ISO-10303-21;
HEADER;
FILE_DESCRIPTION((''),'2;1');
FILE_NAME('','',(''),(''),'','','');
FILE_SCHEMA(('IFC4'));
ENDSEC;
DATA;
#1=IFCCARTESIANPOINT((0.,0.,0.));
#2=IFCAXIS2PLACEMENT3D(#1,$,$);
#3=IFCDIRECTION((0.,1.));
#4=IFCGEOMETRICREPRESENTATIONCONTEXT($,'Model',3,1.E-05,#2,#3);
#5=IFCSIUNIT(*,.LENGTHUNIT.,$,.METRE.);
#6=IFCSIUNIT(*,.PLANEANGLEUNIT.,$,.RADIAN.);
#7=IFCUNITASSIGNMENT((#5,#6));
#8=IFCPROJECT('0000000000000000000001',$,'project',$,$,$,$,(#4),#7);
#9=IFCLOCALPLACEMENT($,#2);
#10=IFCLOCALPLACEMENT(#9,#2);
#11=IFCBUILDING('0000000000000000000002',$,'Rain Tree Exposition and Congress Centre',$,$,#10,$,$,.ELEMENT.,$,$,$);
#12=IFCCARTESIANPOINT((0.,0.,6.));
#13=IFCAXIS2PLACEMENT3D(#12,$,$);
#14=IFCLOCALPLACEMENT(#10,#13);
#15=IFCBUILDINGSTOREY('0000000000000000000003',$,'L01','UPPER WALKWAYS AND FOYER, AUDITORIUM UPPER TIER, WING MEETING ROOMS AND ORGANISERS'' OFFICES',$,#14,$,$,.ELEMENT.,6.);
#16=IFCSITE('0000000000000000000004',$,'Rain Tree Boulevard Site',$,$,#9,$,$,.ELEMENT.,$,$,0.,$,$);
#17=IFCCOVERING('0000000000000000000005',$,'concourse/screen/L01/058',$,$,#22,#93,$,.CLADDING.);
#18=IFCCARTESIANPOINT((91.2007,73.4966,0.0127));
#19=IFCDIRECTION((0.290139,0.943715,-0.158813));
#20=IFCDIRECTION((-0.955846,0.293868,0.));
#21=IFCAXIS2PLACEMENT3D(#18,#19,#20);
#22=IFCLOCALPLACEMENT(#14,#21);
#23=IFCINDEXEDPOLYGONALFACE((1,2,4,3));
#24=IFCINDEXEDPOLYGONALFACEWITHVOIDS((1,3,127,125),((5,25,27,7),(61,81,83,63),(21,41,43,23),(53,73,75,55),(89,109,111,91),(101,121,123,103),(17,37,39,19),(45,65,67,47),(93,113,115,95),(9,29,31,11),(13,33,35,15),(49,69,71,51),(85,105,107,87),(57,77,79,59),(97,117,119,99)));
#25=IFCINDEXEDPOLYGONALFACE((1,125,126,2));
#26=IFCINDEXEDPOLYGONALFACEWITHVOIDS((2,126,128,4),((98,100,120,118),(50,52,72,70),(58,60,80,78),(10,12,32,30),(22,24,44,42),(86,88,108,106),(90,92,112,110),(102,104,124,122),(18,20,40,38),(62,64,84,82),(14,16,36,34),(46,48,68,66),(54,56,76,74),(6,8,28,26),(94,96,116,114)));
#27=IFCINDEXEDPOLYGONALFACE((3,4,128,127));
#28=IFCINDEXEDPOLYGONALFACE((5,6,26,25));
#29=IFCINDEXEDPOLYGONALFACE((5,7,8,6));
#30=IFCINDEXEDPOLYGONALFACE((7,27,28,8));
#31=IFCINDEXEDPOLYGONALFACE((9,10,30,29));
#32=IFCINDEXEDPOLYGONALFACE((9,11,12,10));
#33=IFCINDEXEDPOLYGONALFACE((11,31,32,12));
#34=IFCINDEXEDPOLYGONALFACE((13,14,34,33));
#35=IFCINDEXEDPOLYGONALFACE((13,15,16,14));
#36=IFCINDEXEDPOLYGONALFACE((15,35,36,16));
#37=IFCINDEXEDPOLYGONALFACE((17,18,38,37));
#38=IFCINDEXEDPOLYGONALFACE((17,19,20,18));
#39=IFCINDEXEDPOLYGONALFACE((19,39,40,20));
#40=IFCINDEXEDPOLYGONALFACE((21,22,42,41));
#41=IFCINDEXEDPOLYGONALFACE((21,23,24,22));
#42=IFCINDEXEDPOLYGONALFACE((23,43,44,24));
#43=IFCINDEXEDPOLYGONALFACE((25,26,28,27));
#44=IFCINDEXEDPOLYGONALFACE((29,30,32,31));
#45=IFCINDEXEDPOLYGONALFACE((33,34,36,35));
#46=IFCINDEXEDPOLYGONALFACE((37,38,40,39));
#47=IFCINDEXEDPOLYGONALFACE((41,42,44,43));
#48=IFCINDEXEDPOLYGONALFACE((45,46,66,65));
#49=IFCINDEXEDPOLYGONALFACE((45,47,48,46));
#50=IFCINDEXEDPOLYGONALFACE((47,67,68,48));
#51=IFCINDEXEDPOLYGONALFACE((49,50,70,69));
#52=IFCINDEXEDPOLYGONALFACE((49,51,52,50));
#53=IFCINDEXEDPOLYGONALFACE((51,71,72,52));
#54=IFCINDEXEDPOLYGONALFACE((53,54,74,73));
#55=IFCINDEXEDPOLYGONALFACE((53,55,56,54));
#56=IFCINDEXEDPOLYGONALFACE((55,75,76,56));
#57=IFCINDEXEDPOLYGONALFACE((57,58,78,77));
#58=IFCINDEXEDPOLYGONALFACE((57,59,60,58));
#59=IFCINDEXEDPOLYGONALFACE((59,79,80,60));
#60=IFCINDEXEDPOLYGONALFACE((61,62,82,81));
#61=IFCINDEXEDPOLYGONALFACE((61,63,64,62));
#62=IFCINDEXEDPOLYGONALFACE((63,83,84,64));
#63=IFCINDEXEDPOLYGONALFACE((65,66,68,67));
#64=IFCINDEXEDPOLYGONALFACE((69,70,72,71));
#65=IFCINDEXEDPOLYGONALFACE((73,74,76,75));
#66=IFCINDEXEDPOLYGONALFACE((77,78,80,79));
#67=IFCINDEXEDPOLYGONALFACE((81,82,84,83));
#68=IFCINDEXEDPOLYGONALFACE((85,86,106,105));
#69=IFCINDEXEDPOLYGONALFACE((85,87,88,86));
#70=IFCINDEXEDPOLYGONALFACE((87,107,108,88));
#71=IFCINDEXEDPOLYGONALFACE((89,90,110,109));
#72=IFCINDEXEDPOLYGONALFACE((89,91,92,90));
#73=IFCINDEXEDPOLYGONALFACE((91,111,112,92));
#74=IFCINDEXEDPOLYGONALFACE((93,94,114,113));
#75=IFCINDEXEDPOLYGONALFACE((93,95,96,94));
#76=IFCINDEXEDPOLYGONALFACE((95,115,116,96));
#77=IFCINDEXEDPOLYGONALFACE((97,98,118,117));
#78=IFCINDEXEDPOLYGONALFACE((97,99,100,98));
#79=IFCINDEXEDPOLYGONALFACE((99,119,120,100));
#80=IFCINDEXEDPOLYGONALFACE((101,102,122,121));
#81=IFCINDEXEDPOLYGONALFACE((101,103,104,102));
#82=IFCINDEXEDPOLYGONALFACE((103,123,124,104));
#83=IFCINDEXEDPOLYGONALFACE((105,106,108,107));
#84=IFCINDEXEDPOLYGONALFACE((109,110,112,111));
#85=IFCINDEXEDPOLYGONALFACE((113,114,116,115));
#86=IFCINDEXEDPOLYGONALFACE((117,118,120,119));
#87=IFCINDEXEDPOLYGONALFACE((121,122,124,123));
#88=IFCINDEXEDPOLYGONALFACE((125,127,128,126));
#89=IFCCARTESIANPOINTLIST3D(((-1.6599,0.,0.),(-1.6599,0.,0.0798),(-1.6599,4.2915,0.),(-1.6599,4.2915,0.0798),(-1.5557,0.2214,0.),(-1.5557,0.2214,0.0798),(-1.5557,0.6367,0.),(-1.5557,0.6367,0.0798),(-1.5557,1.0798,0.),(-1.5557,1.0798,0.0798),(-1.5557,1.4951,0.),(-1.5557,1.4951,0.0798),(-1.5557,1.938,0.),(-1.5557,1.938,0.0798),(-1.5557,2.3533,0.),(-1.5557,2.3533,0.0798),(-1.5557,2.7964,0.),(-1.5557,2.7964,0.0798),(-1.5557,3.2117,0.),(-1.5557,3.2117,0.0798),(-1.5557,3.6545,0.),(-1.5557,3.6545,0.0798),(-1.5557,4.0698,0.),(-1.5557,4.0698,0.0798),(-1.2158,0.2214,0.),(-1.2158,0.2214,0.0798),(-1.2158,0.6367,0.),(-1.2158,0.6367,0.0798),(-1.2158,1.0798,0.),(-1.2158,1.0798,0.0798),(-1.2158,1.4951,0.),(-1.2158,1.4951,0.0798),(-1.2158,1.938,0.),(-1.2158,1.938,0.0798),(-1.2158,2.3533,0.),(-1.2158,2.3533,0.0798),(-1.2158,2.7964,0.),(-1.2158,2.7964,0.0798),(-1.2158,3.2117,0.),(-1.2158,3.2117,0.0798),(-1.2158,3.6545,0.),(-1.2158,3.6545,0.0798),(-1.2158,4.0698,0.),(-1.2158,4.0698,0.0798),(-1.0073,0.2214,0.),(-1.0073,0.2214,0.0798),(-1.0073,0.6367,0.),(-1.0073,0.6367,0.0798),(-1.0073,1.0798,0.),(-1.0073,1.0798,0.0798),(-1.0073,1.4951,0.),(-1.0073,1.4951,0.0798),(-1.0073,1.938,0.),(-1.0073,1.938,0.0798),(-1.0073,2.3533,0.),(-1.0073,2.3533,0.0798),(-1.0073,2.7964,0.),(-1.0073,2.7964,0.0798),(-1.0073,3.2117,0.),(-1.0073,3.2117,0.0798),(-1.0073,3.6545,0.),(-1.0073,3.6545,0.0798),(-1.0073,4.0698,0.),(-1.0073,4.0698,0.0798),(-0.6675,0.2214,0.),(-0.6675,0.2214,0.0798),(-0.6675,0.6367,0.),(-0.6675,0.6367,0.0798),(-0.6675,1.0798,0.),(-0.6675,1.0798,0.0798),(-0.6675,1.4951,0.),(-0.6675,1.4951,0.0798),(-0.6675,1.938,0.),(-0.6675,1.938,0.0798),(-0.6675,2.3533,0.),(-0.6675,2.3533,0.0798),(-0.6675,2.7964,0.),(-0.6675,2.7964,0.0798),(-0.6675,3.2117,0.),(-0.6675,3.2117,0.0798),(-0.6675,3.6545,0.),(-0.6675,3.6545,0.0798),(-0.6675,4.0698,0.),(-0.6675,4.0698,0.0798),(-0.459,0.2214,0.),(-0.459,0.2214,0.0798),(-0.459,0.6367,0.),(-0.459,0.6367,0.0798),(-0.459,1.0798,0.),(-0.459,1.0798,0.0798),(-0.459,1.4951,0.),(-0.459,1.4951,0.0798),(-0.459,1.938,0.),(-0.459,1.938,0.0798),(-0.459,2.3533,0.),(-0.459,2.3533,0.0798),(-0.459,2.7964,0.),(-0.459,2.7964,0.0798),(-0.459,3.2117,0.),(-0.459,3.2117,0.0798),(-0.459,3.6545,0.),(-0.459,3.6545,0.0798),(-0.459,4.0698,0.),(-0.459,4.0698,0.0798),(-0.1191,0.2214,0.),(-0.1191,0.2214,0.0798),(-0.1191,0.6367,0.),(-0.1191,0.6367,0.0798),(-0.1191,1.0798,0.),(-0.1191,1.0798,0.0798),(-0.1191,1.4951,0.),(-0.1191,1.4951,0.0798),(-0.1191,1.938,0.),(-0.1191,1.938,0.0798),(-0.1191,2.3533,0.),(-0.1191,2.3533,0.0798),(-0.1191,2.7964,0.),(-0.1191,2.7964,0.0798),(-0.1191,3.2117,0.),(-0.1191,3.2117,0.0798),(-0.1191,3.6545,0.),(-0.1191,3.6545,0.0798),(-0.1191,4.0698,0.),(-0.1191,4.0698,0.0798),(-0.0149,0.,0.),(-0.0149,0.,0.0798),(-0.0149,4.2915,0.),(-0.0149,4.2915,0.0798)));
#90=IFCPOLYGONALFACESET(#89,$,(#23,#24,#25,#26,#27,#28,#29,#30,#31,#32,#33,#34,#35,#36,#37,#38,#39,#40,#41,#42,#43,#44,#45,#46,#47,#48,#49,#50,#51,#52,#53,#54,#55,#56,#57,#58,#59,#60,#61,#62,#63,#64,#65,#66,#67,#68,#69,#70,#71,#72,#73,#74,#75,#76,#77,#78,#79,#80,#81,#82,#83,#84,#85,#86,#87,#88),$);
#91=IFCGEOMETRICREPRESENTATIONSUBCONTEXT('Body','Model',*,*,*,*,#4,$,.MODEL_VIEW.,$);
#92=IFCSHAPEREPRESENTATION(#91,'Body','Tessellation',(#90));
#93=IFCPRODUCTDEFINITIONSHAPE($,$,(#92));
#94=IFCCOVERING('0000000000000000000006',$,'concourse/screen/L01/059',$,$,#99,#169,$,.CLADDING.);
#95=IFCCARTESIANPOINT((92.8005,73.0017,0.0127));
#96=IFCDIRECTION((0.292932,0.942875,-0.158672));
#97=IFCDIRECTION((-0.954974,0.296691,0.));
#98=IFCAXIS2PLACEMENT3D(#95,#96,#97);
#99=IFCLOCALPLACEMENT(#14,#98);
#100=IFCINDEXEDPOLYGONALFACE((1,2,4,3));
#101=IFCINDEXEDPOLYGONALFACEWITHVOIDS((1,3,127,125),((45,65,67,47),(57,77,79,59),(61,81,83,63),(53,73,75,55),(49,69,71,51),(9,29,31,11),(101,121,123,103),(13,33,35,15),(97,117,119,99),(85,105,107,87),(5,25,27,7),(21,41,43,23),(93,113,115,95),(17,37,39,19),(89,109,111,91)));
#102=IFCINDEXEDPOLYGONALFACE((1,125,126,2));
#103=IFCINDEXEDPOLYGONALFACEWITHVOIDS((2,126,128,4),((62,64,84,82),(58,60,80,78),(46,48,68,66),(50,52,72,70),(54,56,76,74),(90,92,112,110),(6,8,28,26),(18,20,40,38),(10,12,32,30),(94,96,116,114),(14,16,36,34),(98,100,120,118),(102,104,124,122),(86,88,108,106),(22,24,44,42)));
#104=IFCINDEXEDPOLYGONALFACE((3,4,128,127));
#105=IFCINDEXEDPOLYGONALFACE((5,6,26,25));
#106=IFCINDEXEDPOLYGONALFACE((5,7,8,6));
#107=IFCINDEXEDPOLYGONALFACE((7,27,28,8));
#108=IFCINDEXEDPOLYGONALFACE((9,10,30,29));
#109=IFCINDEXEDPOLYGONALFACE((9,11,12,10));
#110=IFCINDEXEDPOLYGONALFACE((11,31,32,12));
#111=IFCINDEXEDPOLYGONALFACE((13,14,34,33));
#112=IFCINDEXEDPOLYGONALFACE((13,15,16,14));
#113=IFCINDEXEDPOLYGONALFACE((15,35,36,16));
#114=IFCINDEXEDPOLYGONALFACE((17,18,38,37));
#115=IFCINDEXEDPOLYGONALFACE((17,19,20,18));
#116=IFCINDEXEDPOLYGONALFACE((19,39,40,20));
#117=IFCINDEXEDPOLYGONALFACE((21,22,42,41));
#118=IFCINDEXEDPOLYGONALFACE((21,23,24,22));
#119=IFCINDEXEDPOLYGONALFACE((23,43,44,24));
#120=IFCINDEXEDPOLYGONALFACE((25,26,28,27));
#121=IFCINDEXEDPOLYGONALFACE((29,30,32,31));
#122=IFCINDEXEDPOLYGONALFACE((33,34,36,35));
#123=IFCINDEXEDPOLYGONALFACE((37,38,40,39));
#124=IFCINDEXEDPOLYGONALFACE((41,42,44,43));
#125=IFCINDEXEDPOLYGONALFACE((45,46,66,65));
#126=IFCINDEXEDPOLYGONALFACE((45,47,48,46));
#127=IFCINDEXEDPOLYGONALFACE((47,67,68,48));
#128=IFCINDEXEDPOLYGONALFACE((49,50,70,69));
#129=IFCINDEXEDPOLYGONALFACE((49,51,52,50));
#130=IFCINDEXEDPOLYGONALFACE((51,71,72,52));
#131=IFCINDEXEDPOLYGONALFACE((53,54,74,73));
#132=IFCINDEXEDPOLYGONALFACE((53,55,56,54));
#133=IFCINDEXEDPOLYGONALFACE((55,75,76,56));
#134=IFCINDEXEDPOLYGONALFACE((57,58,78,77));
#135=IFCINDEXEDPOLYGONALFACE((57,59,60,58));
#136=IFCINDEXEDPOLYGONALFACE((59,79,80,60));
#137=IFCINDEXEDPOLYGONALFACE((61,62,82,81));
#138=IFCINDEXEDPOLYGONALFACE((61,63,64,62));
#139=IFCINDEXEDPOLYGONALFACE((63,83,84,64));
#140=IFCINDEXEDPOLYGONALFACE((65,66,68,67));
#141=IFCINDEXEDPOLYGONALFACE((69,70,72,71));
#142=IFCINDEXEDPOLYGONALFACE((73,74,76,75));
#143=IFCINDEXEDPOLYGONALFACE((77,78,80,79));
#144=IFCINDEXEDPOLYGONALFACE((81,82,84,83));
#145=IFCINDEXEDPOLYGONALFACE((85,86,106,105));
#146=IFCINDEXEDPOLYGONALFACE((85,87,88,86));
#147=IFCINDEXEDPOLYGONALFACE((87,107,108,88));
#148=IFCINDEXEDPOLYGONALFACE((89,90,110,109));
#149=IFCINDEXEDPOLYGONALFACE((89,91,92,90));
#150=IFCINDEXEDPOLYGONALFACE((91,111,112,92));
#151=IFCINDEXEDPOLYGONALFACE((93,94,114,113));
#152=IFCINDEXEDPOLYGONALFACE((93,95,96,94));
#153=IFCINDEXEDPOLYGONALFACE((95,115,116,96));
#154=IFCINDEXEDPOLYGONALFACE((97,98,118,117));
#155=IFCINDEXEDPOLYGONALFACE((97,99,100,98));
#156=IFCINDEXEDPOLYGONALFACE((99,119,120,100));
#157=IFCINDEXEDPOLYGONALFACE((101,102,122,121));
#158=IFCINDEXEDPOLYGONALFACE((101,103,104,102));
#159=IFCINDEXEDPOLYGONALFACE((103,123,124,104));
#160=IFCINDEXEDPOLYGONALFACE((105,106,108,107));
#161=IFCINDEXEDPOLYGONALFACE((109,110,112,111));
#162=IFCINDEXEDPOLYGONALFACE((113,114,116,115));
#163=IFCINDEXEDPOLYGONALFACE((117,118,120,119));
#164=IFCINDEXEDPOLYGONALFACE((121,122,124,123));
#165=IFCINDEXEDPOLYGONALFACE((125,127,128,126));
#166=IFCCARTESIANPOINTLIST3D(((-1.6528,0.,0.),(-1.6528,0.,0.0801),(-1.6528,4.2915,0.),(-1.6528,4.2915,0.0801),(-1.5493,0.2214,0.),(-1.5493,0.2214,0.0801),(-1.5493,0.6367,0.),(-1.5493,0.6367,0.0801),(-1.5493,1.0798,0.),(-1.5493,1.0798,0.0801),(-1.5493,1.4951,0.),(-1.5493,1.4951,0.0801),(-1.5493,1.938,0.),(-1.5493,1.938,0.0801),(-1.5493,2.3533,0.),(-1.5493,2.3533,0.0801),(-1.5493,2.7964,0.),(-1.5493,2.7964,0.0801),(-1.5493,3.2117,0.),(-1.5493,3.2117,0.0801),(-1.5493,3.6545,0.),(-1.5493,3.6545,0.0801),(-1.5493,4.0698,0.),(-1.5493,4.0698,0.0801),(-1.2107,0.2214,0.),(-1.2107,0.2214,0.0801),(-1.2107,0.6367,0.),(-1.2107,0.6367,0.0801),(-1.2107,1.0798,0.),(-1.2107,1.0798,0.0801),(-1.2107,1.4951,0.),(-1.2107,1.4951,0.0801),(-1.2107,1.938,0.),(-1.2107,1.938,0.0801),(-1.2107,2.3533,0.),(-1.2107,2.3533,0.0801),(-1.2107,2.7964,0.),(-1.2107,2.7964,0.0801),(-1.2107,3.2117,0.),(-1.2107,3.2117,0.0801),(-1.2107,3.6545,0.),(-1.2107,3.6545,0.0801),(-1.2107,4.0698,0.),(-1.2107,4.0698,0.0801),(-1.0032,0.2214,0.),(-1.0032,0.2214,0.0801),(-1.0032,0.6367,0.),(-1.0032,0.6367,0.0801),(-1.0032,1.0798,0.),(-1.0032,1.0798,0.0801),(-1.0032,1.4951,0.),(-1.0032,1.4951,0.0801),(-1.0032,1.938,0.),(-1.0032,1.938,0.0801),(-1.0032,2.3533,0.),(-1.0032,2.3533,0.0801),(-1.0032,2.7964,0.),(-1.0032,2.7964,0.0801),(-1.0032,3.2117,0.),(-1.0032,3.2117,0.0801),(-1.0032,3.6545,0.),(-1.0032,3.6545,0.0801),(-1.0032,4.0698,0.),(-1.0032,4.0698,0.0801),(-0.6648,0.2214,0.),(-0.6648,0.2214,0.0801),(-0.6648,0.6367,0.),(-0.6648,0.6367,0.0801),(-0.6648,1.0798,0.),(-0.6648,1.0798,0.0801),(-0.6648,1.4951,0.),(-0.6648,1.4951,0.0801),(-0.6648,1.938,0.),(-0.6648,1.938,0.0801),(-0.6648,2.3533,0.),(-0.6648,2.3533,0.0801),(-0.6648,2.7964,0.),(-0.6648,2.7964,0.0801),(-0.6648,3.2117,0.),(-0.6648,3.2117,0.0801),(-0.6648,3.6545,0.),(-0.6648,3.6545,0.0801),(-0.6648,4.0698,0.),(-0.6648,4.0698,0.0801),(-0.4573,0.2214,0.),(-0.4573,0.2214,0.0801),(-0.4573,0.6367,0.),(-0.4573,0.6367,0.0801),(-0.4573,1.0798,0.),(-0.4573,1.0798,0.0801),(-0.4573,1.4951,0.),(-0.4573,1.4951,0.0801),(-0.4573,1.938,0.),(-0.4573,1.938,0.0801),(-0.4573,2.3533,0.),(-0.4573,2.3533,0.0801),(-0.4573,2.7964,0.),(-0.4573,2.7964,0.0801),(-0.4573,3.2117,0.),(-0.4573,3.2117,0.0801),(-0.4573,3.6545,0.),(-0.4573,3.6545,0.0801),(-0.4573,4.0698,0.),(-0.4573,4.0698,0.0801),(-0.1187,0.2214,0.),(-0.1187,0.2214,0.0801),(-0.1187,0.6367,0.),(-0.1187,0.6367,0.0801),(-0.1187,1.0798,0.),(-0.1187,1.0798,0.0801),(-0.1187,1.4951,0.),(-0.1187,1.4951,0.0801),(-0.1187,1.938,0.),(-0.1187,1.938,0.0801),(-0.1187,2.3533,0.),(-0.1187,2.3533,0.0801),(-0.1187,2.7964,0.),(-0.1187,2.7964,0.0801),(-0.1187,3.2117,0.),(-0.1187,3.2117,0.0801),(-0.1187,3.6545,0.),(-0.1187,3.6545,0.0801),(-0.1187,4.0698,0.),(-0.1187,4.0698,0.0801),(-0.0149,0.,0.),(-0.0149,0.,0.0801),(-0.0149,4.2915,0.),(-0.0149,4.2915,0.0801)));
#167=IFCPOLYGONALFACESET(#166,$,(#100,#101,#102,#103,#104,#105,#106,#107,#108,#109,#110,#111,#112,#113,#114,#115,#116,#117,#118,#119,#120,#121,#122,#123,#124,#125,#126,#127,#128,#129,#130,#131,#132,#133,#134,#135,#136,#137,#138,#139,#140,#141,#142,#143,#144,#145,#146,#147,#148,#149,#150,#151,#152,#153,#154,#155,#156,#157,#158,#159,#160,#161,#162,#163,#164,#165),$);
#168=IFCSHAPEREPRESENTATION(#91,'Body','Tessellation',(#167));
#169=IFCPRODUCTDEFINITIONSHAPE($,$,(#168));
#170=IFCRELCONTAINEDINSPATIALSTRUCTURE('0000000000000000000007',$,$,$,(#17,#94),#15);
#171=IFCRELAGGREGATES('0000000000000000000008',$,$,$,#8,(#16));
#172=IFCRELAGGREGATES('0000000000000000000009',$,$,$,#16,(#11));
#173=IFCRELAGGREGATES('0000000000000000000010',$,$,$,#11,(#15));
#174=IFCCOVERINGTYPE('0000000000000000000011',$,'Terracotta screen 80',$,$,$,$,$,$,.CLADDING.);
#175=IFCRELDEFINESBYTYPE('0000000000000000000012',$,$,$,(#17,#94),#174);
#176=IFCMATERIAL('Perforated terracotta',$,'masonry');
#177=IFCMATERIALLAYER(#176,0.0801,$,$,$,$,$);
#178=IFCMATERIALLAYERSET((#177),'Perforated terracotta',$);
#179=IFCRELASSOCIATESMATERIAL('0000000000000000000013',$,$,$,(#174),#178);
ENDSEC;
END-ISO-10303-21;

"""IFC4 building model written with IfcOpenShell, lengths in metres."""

from ifc_helpers import new_model, si_unit, direction, frame, origin, place, context, subcontext, project, spatial, polyline, outline, extrude, material, layer, layer_set, type_object, element, save


model = new_model("IFC4")

# Units and contexts
model_context = context("Model", 3, precision=1e-05, world=origin(), true_north=direction((0.0, 1.0)))
body_context = subcontext(model_context, "Body", "Model", "MODEL_VIEW")
ifc_project = project(units=[si_unit("LENGTHUNIT", "METRE"), si_unit("PLANEANGLEUNIT", "RADIAN")], contexts=[model_context])

# Site, building, storey
site_placement = place(None, origin())
site = spatial("IfcSite", under=ifc_project, at=site_placement, Name="Rain Tree Boulevard Site", CompositionType="ELEMENT", RefElevation=0.0)
building_placement = place(site_placement, origin())
building = spatial("IfcBuilding", under=site, at=building_placement, Name="Rain Tree Exposition and Congress Centre", CompositionType="ELEMENT")
storey_placement = place(building_placement, frame((0.0, 0.0, 6.0)))
storey = spatial("IfcBuildingStorey", under=building, at=storey_placement, Name="L01", Description="UPPER WALKWAYS AND FOYER, AUDITORIUM UPPER TIER, WING MEETING ROOMS AND ORGANISERS' OFFICES", CompositionType="ELEMENT", Elevation=6.0)

# Coverings
ifc_material_1 = material(Name="Perforated terracotta", Category="masonry")
ifc_layer = layer(ifc_material_1, 0.0801)
ifc_layer_set = layer_set([ifc_layer], Name="Perforated terracotta")
covering_type = type_object("IfcCoveringType", Name="Terracotta screen 80", PredefinedType="CLADDING", material=ifc_layer_set)
covering_1_placement = place(storey_placement, frame((91.2007, 73.4966, 0.0127), z_axis=(0.290139, 0.943715, -0.158813), x_axis=(-0.955846, 0.293868, 0.0)))
element("IfcCovering", 1, at=covering_1_placement, inside=storey, type_object=covering_type, Name="concourse/screen/L01/058", PredefinedType="CLADDING", context=body_context, shape_type="SweptSolid", body=[
    extrude(outline(polyline([(-1.6599, 0.0), (-1.6599, 4.2915), (-0.0149, 4.2915), (-0.0149, 0.0), (-1.6599, 0.0)]), holes=[polyline([(-0.1191, 0.2214), (-0.1191, 0.6367), (-0.459, 0.6367), (-0.459, 0.2214), (-0.1191, 0.2214)]), polyline([(-0.1191, 1.0798), (-0.1191, 1.4951), (-0.459, 1.4951), (-0.459, 1.0798), (-0.1191, 1.0798)]), polyline([(-0.1191, 1.938), (-0.1191, 2.3533), (-0.459, 2.3533), (-0.459, 1.938), (-0.1191, 1.938)]), polyline([(-0.1191, 2.7964), (-0.1191, 3.2117), (-0.459, 3.2117), (-0.459, 2.7964), (-0.1191, 2.7964)]), polyline([(-0.1191, 3.6545), (-0.1191, 4.0698), (-0.459, 4.0698), (-0.459, 3.6545), (-0.1191, 3.6545)]), polyline([(-0.6675, 0.2214), (-0.6675, 0.6367), (-1.0073, 0.6367), (-1.0073, 0.2214), (-0.6675, 0.2214)]), polyline([(-0.6675, 1.0798), (-0.6675, 1.4951), (-1.0073, 1.4951), (-1.0073, 1.0798), (-0.6675, 1.0798)]), polyline([(-0.6675, 1.938), (-0.6675, 2.3533), (-1.0073, 2.3533), (-1.0073, 1.938), (-0.6675, 1.938)]), polyline([(-0.6675, 2.7964), (-0.6675, 3.2117), (-1.0073, 3.2117), (-1.0073, 2.7964), (-0.6675, 2.7964)]), polyline([(-0.6675, 3.6545), (-0.6675, 4.0698), (-1.0073, 4.0698), (-1.0073, 3.6545), (-0.6675, 3.6545)]), polyline([(-1.2158, 0.2214), (-1.2158, 0.6367), (-1.5557, 0.6367), (-1.5557, 0.2214), (-1.2158, 0.2214)]), polyline([(-1.2158, 1.0798), (-1.2158, 1.4951), (-1.5557, 1.4951), (-1.5557, 1.0798), (-1.2158, 1.0798)]), polyline([(-1.2158, 1.938), (-1.2158, 2.3533), (-1.5557, 2.3533), (-1.5557, 1.938), (-1.2158, 1.938)]), polyline([(-1.2158, 2.7964), (-1.2158, 3.2117), (-1.5557, 3.2117), (-1.5557, 2.7964), (-1.2158, 2.7964)]), polyline([(-1.2158, 3.6545), (-1.2158, 4.0698), (-1.5557, 4.0698), (-1.5557, 3.6545), (-1.2158, 3.6545)])]), origin(), (0.0, 0.0, 1.0), 0.0798),
])
covering_2_placement = place(storey_placement, frame((92.8005, 73.0017, 0.0127), z_axis=(0.292932, 0.942875, -0.158672), x_axis=(-0.954974, 0.296691, 0.0)))
element("IfcCovering", 2, at=covering_2_placement, inside=storey, type_object=covering_type, Name="concourse/screen/L01/059", PredefinedType="CLADDING", context=body_context, shape_type="SweptSolid", body=[
    extrude(outline(polyline([(-1.6528, 0.0), (-1.6528, 4.2915), (-0.0149, 4.2915), (-0.0149, 0.0), (-1.6528, 0.0)]), holes=[polyline([(-0.1187, 0.2214), (-0.1187, 0.6367), (-0.4573, 0.6367), (-0.4573, 0.2214), (-0.1187, 0.2214)]), polyline([(-0.1187, 1.0798), (-0.1187, 1.4951), (-0.4573, 1.4951), (-0.4573, 1.0798), (-0.1187, 1.0798)]), polyline([(-0.1187, 1.938), (-0.1187, 2.3533), (-0.4573, 2.3533), (-0.4573, 1.938), (-0.1187, 1.938)]), polyline([(-0.1187, 2.7964), (-0.1187, 3.2117), (-0.4573, 3.2117), (-0.4573, 2.7964), (-0.1187, 2.7964)]), polyline([(-0.1187, 3.6545), (-0.1187, 4.0698), (-0.4573, 4.0698), (-0.4573, 3.6545), (-0.1187, 3.6545)]), polyline([(-0.6648, 0.2214), (-0.6648, 0.6367), (-1.0032, 0.6367), (-1.0032, 0.2214), (-0.6648, 0.2214)]), polyline([(-0.6648, 1.0798), (-0.6648, 1.4951), (-1.0032, 1.4951), (-1.0032, 1.0798), (-0.6648, 1.0798)]), polyline([(-0.6648, 1.938), (-0.6648, 2.3533), (-1.0032, 2.3533), (-1.0032, 1.938), (-0.6648, 1.938)]), polyline([(-0.6648, 2.7964), (-0.6648, 3.2117), (-1.0032, 3.2117), (-1.0032, 2.7964), (-0.6648, 2.7964)]), polyline([(-0.6648, 3.6545), (-0.6648, 4.0698), (-1.0032, 4.0698), (-1.0032, 3.6545), (-0.6648, 3.6545)]), polyline([(-1.2107, 0.2214), (-1.2107, 0.6367), (-1.5493, 0.6367), (-1.5493, 0.2214), (-1.2107, 0.2214)]), polyline([(-1.2107, 1.0798), (-1.2107, 1.4951), (-1.5493, 1.4951), (-1.5493, 1.0798), (-1.2107, 1.0798)]), polyline([(-1.2107, 1.938), (-1.2107, 2.3533), (-1.5493, 2.3533), (-1.5493, 1.938), (-1.2107, 1.938)]), polyline([(-1.2107, 2.7964), (-1.2107, 3.2117), (-1.5493, 3.2117), (-1.5493, 2.7964), (-1.2107, 2.7964)]), polyline([(-1.2107, 3.6545), (-1.2107, 4.0698), (-1.5493, 4.0698), (-1.5493, 3.6545), (-1.2107, 3.6545)])]), origin(), (0.0, 0.0, 1.0), 0.0801),
])

save(model, "model.ifc")
